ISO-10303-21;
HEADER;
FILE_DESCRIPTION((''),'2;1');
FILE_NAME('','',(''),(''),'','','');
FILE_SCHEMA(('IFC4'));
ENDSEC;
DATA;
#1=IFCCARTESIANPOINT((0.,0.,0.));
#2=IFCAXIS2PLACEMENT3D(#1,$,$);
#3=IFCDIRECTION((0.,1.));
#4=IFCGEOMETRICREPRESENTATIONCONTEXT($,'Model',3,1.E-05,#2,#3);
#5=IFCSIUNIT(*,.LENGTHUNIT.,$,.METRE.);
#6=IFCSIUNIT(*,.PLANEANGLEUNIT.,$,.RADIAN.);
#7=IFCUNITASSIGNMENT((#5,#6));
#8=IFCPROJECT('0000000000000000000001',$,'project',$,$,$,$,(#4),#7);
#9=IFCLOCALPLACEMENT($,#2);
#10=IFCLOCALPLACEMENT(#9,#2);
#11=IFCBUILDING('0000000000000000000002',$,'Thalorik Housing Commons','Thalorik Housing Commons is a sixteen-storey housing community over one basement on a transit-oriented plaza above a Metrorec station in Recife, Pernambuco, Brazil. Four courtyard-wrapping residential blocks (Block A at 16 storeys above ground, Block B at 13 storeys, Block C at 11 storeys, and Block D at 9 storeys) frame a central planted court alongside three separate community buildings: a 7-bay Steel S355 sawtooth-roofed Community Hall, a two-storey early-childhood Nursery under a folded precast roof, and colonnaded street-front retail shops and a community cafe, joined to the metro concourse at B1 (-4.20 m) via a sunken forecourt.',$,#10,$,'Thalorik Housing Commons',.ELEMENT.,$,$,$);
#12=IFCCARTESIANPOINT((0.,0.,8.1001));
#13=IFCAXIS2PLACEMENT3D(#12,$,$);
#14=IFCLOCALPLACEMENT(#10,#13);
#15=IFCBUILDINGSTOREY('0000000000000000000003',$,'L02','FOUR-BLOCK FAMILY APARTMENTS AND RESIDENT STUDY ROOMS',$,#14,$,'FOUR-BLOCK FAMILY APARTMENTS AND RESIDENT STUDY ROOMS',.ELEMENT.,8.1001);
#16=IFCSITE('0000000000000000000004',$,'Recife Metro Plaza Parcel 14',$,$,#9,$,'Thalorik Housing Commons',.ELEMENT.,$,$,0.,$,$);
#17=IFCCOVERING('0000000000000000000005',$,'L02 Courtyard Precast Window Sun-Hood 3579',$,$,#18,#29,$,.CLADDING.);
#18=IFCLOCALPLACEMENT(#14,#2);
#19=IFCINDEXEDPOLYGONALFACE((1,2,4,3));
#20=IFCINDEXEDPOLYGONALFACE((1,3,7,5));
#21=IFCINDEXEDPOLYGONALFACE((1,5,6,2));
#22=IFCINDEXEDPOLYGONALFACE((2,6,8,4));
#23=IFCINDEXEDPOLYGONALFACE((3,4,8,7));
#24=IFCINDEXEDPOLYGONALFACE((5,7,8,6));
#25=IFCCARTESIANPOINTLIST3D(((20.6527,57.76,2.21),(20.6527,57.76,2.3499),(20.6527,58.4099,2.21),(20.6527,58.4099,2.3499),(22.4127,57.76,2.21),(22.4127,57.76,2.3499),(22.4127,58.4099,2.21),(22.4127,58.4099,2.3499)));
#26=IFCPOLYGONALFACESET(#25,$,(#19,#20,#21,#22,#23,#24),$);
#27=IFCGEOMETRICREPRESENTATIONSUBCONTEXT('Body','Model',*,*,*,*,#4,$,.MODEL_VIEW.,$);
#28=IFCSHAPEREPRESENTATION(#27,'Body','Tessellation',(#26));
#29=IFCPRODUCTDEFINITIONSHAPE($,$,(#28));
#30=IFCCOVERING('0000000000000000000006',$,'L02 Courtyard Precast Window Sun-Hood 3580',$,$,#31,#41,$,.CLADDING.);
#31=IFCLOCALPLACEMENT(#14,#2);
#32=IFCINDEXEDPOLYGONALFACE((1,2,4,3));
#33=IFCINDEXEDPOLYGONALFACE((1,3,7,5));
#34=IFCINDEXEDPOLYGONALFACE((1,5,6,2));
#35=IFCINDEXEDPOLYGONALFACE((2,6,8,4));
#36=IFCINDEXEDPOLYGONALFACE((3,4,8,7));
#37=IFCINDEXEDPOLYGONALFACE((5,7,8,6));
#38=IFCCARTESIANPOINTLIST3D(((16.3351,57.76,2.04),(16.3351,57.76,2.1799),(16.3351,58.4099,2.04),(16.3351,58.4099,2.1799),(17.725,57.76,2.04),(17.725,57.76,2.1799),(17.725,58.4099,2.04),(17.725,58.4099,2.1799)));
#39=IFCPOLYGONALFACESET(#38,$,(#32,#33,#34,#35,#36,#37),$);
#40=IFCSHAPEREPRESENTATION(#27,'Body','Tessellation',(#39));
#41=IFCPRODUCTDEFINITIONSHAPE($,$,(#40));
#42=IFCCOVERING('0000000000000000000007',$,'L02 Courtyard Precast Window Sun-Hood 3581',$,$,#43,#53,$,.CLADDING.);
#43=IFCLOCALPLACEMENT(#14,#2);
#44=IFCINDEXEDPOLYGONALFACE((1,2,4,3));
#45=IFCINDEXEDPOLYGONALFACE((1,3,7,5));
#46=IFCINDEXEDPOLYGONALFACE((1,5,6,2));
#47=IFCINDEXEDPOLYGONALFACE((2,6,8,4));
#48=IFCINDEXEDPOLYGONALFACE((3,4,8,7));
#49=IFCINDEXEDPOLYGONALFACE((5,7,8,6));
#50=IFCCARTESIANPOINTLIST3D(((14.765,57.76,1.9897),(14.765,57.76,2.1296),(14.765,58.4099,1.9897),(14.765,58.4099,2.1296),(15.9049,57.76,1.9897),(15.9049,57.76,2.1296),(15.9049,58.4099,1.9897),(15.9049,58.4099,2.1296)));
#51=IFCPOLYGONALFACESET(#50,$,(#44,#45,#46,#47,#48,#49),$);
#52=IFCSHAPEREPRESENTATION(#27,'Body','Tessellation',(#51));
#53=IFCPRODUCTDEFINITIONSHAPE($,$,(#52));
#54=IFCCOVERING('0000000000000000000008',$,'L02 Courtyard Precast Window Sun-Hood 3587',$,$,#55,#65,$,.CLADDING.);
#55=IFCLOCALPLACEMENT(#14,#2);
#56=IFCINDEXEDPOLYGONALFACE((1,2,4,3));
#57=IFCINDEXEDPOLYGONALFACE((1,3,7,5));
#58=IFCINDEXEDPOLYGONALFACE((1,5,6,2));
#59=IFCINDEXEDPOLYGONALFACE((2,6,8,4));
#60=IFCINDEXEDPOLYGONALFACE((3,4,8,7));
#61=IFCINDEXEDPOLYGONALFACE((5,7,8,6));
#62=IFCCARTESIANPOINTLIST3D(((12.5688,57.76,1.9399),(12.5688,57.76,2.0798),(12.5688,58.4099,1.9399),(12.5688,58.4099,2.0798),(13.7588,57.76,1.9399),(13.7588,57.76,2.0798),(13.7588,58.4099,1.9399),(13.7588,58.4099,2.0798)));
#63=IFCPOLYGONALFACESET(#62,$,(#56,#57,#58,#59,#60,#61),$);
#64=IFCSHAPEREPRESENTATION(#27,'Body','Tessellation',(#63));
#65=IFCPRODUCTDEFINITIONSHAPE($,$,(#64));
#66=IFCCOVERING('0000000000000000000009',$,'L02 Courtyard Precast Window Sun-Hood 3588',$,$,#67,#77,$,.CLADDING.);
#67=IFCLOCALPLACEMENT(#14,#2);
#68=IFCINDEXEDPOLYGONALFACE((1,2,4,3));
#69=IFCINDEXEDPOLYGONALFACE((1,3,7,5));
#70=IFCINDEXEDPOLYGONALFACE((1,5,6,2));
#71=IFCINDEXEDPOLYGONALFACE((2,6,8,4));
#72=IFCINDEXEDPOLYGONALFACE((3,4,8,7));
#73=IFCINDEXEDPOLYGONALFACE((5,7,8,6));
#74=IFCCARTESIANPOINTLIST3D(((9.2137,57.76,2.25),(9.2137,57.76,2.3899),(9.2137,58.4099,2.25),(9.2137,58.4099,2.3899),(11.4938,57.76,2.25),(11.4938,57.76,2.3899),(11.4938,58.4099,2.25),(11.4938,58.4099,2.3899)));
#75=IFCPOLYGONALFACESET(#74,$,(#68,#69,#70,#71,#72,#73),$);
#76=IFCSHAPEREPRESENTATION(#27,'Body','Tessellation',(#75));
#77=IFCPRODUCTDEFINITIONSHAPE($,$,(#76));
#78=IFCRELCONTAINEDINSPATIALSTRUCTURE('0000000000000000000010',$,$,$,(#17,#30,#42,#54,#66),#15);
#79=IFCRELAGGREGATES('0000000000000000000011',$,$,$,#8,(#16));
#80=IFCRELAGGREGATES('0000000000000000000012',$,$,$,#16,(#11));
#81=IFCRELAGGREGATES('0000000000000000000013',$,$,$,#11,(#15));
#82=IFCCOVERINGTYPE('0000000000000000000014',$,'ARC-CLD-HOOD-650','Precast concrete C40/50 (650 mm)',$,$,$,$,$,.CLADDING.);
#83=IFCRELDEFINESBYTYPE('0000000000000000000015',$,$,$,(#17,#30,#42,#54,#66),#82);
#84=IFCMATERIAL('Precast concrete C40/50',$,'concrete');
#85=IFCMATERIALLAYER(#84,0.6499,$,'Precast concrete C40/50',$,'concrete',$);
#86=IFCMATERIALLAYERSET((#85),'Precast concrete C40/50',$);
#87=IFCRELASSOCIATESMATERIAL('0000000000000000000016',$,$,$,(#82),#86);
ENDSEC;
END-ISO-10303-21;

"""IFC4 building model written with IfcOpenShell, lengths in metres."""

from ifc_helpers import new_model, si_unit, direction, frame, origin, origin_2d, place, context, subcontext, project, spatial, rectangle, extrude, material, layer, layer_set, type_object, element, save


model = new_model("IFC4")

# Units and contexts
model_context = context("Model", 3, precision=1e-05, world=origin(), true_north=direction((0.0, 1.0)))
body_context = subcontext(model_context, "Body", "Model", "MODEL_VIEW")
ifc_project = project(units=[si_unit("LENGTHUNIT", "METRE"), si_unit("PLANEANGLEUNIT", "RADIAN")], contexts=[model_context])

# Site, building, storey
site_placement = place(None, origin())
site = spatial("IfcSite", under=ifc_project, at=site_placement, Name="Recife Metro Plaza Parcel 14", LongName="Thalorik Housing Commons", CompositionType="ELEMENT", RefElevation=0.0)
building_placement = place(site_placement, origin())
building = spatial("IfcBuilding", under=site, at=building_placement, Name="Thalorik Housing Commons", Description="Thalorik Housing Commons is a sixteen-storey housing community over one basement on a transit-oriented plaza above a Metrorec station in Recife, Pernambuco, Brazil. Four courtyard-wrapping residential blocks (Block A at 16 storeys above ground, Block B at 13 storeys, Block C at 11 storeys, and Block D at 9 storeys) frame a central planted court alongside three separate community buildings: a 7-bay Steel S355 sawtooth-roofed Community Hall, a two-storey early-childhood Nursery under a folded precast roof, and colonnaded street-front retail shops and a community cafe, joined to the metro concourse at B1 (-4.20 m) via a sunken forecourt.", LongName="Thalorik Housing Commons", CompositionType="ELEMENT")
storey_placement = place(building_placement, frame((0.0, 0.0, 8.1001)))
storey = spatial("IfcBuildingStorey", under=building, at=storey_placement, Name="L02", Description="FOUR-BLOCK FAMILY APARTMENTS AND RESIDENT STUDY ROOMS", LongName="FOUR-BLOCK FAMILY APARTMENTS AND RESIDENT STUDY ROOMS", CompositionType="ELEMENT", Elevation=8.1001)

# Shared definitions
ifc_material_1 = material(Name="Precast concrete C40/50", Category="concrete")

# Coverings
ifc_layer_1 = layer(ifc_material_1, 0.6499, Name="Precast concrete C40/50", Category="concrete")
ifc_layer_set_1 = layer_set([ifc_layer_1], Name="Precast concrete C40/50")
covering_type_1 = type_object("IfcCoveringType", Name="ARC-CLD-HOOD-650", Description="Precast concrete C40/50 (650 mm)", PredefinedType="CLADDING", material=ifc_layer_set_1)
covering_1_placement = place(storey_placement, frame((21.5327, 58.085, 2.21), z_axis=(0.0, 0.0, 1.0), x_axis=(-1.0, 0.0, 0.0)))
element("IfcCovering", 1, at=covering_1_placement, inside=storey, type_object=covering_type_1, Name="L02 Courtyard Precast Window Sun-Hood 3579", PredefinedType="CLADDING", context=body_context, shape_type="SweptSolid", body=[
    extrude(rectangle(XDim=1.76, YDim=0.6499, at=origin_2d()), origin(), (0.0, 0.0, 1.0), 0.1399),
])
covering_2_placement = place(storey_placement, frame((17.03, 58.085, 2.04), z_axis=(0.0, 0.0, 1.0), x_axis=(-1.0, 0.0, 0.0)))
element("IfcCovering", 2, at=covering_2_placement, inside=storey, type_object=covering_type_1, Name="L02 Courtyard Precast Window Sun-Hood 3580", PredefinedType="CLADDING", context=body_context, shape_type="SweptSolid", body=[
    extrude(rectangle(XDim=1.3899, YDim=0.6499, at=origin_2d()), origin(), (0.0, 0.0, 1.0), 0.1399),
])
covering_3_placement = place(storey_placement, frame((15.335, 58.085, 1.9897), z_axis=(0.0, 0.0, 1.0), x_axis=(-1.0, 0.0, 0.0)))
element("IfcCovering", 3, at=covering_3_placement, inside=storey, type_object=covering_type_1, Name="L02 Courtyard Precast Window Sun-Hood 3581", PredefinedType="CLADDING", context=body_context, shape_type="SweptSolid", body=[
    extrude(rectangle(XDim=1.1399, YDim=0.6499, at=origin_2d()), origin(), (0.0, 0.0, 1.0), 0.1399),
])
covering_4_placement = place(storey_placement, frame((13.1638, 58.085, 1.9399), z_axis=(0.0, 0.0, 1.0), x_axis=(-1.0, 0.0, 0.0)))
element("IfcCovering", 4, at=covering_4_placement, inside=storey, type_object=covering_type_1, Name="L02 Courtyard Precast Window Sun-Hood 3587", PredefinedType="CLADDING", context=body_context, shape_type="SweptSolid", body=[
    extrude(rectangle(XDim=1.1899, YDim=0.6499, at=origin_2d()), origin(), (0.0, 0.0, 1.0), 0.1399),
])
covering_5_placement = place(storey_placement, frame((10.3538, 58.085, 2.25), z_axis=(0.0, 0.0, 1.0), x_axis=(-1.0, 0.0, 0.0)))
element("IfcCovering", 5, at=covering_5_placement, inside=storey, type_object=covering_type_1, Name="L02 Courtyard Precast Window Sun-Hood 3588", PredefinedType="CLADDING", context=body_context, shape_type="SweptSolid", body=[
    extrude(rectangle(XDim=2.28, YDim=0.6499, at=origin_2d()), origin(), (0.0, 0.0, 1.0), 0.1399),
])

save(model, "model.ifc")
